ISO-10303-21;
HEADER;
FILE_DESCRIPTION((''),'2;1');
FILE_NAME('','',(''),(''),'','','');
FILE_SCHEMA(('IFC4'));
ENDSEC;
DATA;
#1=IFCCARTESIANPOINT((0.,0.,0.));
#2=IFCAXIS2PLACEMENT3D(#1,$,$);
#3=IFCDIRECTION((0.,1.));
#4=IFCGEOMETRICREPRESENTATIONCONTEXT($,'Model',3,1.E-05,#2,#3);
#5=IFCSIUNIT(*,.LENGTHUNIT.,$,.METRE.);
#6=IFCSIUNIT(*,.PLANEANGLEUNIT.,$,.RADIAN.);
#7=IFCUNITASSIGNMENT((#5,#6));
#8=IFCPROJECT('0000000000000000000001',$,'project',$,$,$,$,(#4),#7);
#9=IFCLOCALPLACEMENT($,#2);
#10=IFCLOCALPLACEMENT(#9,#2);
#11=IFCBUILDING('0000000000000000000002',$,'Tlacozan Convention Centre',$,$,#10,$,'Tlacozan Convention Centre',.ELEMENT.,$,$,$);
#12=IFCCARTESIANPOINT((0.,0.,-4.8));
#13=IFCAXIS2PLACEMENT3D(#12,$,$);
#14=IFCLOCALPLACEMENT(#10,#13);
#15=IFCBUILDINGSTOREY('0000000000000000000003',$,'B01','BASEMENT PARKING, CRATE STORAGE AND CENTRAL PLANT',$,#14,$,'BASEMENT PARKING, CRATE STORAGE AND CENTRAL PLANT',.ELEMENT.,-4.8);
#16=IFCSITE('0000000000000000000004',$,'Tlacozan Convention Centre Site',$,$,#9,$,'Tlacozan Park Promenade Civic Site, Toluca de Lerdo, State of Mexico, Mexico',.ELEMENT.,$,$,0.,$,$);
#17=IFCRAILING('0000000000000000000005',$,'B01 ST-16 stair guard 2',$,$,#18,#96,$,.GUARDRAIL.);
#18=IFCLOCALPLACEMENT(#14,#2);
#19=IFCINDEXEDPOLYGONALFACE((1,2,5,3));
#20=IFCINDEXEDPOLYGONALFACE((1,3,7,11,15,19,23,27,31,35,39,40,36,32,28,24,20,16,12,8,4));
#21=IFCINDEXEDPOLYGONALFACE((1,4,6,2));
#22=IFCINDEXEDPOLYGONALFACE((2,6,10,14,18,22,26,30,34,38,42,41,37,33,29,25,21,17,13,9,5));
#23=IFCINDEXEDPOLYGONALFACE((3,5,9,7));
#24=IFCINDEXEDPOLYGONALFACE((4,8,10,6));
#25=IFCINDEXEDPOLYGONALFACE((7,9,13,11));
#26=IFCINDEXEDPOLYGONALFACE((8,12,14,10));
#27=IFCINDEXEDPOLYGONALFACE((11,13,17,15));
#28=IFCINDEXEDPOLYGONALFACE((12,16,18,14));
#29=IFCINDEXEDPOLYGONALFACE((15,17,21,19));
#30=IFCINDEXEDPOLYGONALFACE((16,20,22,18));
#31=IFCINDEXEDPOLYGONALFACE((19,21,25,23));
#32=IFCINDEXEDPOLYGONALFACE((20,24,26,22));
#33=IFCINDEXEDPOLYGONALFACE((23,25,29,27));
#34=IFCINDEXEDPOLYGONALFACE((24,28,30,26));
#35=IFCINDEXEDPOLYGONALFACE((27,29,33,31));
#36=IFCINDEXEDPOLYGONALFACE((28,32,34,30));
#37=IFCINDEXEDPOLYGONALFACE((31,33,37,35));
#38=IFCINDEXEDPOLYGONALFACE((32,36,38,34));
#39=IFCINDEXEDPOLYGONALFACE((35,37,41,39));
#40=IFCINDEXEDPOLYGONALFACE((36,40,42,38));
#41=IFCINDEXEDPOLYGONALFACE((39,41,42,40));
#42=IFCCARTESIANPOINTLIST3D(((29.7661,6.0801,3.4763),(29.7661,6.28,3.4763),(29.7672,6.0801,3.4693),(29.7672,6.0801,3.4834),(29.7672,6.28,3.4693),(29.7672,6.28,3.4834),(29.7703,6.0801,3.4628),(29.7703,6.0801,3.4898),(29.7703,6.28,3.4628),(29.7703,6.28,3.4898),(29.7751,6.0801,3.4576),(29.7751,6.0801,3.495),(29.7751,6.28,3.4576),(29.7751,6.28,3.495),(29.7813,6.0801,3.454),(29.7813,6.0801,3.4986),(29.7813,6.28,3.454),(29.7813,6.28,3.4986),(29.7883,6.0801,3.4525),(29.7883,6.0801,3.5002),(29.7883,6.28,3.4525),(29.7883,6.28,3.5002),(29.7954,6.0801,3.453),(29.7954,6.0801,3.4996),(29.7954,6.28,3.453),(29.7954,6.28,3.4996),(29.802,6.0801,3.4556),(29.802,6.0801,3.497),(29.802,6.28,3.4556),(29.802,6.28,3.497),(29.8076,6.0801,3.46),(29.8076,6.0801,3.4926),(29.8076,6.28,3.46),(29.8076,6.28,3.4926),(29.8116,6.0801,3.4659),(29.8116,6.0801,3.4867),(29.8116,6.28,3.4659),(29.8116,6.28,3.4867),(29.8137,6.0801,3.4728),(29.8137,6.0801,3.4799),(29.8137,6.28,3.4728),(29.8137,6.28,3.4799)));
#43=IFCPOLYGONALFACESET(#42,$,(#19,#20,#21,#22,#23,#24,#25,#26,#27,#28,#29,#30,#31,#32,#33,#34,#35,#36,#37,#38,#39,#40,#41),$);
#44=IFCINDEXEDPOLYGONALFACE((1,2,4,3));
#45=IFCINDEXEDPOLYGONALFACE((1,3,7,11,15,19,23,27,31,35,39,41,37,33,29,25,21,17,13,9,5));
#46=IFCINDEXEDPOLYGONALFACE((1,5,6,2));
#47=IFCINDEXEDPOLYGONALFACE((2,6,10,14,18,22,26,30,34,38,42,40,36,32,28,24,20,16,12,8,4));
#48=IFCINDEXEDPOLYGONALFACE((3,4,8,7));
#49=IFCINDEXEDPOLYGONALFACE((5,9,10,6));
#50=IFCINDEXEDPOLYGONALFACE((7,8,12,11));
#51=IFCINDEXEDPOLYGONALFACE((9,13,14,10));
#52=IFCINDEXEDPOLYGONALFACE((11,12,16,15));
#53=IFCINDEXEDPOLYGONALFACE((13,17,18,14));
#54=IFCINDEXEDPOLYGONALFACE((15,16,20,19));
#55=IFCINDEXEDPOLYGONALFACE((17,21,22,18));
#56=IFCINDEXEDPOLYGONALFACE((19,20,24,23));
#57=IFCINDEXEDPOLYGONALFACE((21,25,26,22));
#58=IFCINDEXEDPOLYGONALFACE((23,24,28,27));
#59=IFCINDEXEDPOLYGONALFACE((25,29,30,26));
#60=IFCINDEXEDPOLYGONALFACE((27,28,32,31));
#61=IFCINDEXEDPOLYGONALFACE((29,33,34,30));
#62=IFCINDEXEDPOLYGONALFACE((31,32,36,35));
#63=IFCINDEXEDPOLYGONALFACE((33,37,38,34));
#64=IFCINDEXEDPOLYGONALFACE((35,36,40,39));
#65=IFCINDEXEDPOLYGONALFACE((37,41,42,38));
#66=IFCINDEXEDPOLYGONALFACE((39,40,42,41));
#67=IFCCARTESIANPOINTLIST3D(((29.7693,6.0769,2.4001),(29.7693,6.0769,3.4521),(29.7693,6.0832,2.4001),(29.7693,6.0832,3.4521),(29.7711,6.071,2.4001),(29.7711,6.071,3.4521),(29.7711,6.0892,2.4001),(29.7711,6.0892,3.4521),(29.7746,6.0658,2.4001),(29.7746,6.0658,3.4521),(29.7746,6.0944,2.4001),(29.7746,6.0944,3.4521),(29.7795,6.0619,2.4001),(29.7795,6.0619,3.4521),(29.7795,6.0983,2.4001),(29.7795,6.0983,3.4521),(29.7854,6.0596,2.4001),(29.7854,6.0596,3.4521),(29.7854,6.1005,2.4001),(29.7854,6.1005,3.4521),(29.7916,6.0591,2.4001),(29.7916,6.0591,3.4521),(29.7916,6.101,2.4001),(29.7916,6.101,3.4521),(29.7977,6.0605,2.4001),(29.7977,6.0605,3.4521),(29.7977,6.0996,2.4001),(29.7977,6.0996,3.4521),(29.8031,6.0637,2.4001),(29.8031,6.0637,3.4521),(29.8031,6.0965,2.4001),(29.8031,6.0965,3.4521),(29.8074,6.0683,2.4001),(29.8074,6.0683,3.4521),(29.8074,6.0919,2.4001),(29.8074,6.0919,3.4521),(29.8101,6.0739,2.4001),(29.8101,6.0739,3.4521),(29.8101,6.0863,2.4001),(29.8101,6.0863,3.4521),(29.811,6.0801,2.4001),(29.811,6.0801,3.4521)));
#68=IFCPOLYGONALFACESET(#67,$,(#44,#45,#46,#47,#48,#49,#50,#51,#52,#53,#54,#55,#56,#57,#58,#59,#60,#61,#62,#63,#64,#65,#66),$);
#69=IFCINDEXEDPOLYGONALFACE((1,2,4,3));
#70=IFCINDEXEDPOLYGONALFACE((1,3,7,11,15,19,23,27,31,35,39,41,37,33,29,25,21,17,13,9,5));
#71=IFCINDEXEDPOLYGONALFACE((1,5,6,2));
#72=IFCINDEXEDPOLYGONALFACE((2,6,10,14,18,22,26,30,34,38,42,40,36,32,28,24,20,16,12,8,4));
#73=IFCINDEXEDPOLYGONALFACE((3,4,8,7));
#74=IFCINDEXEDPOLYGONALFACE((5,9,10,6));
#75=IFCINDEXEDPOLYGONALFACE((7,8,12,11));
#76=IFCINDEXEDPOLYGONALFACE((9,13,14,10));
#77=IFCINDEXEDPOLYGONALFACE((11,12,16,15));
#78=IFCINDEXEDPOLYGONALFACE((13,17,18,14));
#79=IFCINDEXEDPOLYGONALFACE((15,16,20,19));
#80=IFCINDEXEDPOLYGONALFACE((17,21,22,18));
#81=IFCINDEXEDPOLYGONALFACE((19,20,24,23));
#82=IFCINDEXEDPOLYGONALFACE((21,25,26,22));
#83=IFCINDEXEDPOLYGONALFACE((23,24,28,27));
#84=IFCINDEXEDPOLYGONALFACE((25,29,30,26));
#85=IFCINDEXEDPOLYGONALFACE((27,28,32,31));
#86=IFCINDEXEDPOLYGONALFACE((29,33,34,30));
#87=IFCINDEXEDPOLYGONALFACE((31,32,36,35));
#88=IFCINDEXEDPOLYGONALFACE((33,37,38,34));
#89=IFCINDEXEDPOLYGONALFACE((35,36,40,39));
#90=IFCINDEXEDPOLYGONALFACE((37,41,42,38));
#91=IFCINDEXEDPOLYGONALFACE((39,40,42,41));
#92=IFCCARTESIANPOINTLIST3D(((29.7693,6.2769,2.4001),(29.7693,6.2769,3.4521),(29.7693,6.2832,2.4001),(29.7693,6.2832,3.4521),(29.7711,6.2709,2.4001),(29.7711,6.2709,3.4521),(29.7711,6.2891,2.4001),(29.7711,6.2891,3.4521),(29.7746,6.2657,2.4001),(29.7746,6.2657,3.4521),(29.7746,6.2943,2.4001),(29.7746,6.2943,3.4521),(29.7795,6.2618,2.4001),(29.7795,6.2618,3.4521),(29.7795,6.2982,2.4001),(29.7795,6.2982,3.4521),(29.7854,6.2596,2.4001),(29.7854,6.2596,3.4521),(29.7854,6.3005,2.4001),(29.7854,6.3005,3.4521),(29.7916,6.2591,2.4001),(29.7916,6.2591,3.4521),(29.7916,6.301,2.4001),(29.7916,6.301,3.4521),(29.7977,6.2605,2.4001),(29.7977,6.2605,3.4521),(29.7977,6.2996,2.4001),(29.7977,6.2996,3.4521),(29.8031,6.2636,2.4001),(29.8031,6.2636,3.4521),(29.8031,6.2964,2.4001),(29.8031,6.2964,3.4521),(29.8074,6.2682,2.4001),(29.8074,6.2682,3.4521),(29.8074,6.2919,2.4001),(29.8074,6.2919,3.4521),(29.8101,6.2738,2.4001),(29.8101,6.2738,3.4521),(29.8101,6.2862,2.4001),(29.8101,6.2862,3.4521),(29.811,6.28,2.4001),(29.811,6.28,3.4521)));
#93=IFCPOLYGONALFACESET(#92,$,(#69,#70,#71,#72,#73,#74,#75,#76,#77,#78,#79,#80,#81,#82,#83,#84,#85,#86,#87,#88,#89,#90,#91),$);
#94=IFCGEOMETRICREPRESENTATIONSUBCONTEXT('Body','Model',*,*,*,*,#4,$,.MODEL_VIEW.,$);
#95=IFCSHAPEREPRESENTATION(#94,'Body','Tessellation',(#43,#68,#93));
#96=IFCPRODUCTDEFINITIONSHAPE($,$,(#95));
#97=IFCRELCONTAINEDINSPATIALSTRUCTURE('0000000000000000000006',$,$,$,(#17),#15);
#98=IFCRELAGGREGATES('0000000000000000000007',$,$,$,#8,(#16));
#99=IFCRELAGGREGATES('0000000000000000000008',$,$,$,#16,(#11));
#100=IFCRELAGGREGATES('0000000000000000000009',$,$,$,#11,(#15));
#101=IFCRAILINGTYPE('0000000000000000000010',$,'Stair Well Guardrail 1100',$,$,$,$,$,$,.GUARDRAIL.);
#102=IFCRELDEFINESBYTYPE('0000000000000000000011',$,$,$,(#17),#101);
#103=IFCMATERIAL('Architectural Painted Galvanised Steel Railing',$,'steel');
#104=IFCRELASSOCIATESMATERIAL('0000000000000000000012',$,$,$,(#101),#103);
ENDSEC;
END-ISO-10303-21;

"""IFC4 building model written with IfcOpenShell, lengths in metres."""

from ifc_helpers import new_model, si_unit, direction, frame, origin, origin_2d, place, context, subcontext, project, spatial, circle, extrude, material, type_object, element, save


model = new_model("IFC4")

# Units and contexts
model_context = context("Model", 3, precision=1e-05, world=origin(), true_north=direction((0.0, 1.0)))
body_context = subcontext(model_context, "Body", "Model", "MODEL_VIEW")
ifc_project = project(units=[si_unit("LENGTHUNIT", "METRE"), si_unit("PLANEANGLEUNIT", "RADIAN")], contexts=[model_context])

# Site, building, storey
site_placement = place(None, origin())
site = spatial("IfcSite", under=ifc_project, at=site_placement, Name="Tlacozan Convention Centre Site", LongName="Tlacozan Park Promenade Civic Site, Toluca de Lerdo, State of Mexico, Mexico", CompositionType="ELEMENT", RefElevation=0.0)
building_placement = place(site_placement, origin())
building = spatial("IfcBuilding", under=site, at=building_placement, Name="Tlacozan Convention Centre", LongName="Tlacozan Convention Centre", CompositionType="ELEMENT")
storey_placement = place(building_placement, frame((0.0, 0.0, -4.8)))
storey = spatial("IfcBuildingStorey", under=building, at=storey_placement, Name="B01", Description="BASEMENT PARKING, CRATE STORAGE AND CENTRAL PLANT", LongName="BASEMENT PARKING, CRATE STORAGE AND CENTRAL PLANT", CompositionType="ELEMENT", Elevation=-4.8)

# Railing
ifc_material_1 = material(Name="Architectural Painted Galvanised Steel Railing", Category="steel")
railing_type_1 = type_object("IfcRailingType", Name="Stair Well Guardrail 1100", PredefinedType="GUARDRAIL", material=ifc_material_1)
railing_1_placement = place(storey_placement, frame((29.79, 6.0801, 2.4001)))
element("IfcRailing", 1, at=railing_1_placement, inside=storey, type_object=railing_type_1, Name="B01 ST-16 stair guard 2", PredefinedType="GUARDRAIL", context=body_context, shape_type="SweptSolid", body=[
    extrude(circle(Radius=0.0239, at=origin_2d()), frame((0.0, 0.0, 1.0762), z_axis=(0.0, 1.0, 0.0), x_axis=(-1.0, 0.0, 0.0)), (0.0, 0.0, 1.0), 0.2),
    extrude(circle(Radius=0.021, at=origin_2d()), origin(), (0.0, 0.0, 1.0), 1.052),
    extrude(circle(Radius=0.021, at=origin_2d()), frame((0.0, 0.2, 0.0)), (0.0, 0.0, 1.0), 1.052),
])

save(model, "model.ifc")
